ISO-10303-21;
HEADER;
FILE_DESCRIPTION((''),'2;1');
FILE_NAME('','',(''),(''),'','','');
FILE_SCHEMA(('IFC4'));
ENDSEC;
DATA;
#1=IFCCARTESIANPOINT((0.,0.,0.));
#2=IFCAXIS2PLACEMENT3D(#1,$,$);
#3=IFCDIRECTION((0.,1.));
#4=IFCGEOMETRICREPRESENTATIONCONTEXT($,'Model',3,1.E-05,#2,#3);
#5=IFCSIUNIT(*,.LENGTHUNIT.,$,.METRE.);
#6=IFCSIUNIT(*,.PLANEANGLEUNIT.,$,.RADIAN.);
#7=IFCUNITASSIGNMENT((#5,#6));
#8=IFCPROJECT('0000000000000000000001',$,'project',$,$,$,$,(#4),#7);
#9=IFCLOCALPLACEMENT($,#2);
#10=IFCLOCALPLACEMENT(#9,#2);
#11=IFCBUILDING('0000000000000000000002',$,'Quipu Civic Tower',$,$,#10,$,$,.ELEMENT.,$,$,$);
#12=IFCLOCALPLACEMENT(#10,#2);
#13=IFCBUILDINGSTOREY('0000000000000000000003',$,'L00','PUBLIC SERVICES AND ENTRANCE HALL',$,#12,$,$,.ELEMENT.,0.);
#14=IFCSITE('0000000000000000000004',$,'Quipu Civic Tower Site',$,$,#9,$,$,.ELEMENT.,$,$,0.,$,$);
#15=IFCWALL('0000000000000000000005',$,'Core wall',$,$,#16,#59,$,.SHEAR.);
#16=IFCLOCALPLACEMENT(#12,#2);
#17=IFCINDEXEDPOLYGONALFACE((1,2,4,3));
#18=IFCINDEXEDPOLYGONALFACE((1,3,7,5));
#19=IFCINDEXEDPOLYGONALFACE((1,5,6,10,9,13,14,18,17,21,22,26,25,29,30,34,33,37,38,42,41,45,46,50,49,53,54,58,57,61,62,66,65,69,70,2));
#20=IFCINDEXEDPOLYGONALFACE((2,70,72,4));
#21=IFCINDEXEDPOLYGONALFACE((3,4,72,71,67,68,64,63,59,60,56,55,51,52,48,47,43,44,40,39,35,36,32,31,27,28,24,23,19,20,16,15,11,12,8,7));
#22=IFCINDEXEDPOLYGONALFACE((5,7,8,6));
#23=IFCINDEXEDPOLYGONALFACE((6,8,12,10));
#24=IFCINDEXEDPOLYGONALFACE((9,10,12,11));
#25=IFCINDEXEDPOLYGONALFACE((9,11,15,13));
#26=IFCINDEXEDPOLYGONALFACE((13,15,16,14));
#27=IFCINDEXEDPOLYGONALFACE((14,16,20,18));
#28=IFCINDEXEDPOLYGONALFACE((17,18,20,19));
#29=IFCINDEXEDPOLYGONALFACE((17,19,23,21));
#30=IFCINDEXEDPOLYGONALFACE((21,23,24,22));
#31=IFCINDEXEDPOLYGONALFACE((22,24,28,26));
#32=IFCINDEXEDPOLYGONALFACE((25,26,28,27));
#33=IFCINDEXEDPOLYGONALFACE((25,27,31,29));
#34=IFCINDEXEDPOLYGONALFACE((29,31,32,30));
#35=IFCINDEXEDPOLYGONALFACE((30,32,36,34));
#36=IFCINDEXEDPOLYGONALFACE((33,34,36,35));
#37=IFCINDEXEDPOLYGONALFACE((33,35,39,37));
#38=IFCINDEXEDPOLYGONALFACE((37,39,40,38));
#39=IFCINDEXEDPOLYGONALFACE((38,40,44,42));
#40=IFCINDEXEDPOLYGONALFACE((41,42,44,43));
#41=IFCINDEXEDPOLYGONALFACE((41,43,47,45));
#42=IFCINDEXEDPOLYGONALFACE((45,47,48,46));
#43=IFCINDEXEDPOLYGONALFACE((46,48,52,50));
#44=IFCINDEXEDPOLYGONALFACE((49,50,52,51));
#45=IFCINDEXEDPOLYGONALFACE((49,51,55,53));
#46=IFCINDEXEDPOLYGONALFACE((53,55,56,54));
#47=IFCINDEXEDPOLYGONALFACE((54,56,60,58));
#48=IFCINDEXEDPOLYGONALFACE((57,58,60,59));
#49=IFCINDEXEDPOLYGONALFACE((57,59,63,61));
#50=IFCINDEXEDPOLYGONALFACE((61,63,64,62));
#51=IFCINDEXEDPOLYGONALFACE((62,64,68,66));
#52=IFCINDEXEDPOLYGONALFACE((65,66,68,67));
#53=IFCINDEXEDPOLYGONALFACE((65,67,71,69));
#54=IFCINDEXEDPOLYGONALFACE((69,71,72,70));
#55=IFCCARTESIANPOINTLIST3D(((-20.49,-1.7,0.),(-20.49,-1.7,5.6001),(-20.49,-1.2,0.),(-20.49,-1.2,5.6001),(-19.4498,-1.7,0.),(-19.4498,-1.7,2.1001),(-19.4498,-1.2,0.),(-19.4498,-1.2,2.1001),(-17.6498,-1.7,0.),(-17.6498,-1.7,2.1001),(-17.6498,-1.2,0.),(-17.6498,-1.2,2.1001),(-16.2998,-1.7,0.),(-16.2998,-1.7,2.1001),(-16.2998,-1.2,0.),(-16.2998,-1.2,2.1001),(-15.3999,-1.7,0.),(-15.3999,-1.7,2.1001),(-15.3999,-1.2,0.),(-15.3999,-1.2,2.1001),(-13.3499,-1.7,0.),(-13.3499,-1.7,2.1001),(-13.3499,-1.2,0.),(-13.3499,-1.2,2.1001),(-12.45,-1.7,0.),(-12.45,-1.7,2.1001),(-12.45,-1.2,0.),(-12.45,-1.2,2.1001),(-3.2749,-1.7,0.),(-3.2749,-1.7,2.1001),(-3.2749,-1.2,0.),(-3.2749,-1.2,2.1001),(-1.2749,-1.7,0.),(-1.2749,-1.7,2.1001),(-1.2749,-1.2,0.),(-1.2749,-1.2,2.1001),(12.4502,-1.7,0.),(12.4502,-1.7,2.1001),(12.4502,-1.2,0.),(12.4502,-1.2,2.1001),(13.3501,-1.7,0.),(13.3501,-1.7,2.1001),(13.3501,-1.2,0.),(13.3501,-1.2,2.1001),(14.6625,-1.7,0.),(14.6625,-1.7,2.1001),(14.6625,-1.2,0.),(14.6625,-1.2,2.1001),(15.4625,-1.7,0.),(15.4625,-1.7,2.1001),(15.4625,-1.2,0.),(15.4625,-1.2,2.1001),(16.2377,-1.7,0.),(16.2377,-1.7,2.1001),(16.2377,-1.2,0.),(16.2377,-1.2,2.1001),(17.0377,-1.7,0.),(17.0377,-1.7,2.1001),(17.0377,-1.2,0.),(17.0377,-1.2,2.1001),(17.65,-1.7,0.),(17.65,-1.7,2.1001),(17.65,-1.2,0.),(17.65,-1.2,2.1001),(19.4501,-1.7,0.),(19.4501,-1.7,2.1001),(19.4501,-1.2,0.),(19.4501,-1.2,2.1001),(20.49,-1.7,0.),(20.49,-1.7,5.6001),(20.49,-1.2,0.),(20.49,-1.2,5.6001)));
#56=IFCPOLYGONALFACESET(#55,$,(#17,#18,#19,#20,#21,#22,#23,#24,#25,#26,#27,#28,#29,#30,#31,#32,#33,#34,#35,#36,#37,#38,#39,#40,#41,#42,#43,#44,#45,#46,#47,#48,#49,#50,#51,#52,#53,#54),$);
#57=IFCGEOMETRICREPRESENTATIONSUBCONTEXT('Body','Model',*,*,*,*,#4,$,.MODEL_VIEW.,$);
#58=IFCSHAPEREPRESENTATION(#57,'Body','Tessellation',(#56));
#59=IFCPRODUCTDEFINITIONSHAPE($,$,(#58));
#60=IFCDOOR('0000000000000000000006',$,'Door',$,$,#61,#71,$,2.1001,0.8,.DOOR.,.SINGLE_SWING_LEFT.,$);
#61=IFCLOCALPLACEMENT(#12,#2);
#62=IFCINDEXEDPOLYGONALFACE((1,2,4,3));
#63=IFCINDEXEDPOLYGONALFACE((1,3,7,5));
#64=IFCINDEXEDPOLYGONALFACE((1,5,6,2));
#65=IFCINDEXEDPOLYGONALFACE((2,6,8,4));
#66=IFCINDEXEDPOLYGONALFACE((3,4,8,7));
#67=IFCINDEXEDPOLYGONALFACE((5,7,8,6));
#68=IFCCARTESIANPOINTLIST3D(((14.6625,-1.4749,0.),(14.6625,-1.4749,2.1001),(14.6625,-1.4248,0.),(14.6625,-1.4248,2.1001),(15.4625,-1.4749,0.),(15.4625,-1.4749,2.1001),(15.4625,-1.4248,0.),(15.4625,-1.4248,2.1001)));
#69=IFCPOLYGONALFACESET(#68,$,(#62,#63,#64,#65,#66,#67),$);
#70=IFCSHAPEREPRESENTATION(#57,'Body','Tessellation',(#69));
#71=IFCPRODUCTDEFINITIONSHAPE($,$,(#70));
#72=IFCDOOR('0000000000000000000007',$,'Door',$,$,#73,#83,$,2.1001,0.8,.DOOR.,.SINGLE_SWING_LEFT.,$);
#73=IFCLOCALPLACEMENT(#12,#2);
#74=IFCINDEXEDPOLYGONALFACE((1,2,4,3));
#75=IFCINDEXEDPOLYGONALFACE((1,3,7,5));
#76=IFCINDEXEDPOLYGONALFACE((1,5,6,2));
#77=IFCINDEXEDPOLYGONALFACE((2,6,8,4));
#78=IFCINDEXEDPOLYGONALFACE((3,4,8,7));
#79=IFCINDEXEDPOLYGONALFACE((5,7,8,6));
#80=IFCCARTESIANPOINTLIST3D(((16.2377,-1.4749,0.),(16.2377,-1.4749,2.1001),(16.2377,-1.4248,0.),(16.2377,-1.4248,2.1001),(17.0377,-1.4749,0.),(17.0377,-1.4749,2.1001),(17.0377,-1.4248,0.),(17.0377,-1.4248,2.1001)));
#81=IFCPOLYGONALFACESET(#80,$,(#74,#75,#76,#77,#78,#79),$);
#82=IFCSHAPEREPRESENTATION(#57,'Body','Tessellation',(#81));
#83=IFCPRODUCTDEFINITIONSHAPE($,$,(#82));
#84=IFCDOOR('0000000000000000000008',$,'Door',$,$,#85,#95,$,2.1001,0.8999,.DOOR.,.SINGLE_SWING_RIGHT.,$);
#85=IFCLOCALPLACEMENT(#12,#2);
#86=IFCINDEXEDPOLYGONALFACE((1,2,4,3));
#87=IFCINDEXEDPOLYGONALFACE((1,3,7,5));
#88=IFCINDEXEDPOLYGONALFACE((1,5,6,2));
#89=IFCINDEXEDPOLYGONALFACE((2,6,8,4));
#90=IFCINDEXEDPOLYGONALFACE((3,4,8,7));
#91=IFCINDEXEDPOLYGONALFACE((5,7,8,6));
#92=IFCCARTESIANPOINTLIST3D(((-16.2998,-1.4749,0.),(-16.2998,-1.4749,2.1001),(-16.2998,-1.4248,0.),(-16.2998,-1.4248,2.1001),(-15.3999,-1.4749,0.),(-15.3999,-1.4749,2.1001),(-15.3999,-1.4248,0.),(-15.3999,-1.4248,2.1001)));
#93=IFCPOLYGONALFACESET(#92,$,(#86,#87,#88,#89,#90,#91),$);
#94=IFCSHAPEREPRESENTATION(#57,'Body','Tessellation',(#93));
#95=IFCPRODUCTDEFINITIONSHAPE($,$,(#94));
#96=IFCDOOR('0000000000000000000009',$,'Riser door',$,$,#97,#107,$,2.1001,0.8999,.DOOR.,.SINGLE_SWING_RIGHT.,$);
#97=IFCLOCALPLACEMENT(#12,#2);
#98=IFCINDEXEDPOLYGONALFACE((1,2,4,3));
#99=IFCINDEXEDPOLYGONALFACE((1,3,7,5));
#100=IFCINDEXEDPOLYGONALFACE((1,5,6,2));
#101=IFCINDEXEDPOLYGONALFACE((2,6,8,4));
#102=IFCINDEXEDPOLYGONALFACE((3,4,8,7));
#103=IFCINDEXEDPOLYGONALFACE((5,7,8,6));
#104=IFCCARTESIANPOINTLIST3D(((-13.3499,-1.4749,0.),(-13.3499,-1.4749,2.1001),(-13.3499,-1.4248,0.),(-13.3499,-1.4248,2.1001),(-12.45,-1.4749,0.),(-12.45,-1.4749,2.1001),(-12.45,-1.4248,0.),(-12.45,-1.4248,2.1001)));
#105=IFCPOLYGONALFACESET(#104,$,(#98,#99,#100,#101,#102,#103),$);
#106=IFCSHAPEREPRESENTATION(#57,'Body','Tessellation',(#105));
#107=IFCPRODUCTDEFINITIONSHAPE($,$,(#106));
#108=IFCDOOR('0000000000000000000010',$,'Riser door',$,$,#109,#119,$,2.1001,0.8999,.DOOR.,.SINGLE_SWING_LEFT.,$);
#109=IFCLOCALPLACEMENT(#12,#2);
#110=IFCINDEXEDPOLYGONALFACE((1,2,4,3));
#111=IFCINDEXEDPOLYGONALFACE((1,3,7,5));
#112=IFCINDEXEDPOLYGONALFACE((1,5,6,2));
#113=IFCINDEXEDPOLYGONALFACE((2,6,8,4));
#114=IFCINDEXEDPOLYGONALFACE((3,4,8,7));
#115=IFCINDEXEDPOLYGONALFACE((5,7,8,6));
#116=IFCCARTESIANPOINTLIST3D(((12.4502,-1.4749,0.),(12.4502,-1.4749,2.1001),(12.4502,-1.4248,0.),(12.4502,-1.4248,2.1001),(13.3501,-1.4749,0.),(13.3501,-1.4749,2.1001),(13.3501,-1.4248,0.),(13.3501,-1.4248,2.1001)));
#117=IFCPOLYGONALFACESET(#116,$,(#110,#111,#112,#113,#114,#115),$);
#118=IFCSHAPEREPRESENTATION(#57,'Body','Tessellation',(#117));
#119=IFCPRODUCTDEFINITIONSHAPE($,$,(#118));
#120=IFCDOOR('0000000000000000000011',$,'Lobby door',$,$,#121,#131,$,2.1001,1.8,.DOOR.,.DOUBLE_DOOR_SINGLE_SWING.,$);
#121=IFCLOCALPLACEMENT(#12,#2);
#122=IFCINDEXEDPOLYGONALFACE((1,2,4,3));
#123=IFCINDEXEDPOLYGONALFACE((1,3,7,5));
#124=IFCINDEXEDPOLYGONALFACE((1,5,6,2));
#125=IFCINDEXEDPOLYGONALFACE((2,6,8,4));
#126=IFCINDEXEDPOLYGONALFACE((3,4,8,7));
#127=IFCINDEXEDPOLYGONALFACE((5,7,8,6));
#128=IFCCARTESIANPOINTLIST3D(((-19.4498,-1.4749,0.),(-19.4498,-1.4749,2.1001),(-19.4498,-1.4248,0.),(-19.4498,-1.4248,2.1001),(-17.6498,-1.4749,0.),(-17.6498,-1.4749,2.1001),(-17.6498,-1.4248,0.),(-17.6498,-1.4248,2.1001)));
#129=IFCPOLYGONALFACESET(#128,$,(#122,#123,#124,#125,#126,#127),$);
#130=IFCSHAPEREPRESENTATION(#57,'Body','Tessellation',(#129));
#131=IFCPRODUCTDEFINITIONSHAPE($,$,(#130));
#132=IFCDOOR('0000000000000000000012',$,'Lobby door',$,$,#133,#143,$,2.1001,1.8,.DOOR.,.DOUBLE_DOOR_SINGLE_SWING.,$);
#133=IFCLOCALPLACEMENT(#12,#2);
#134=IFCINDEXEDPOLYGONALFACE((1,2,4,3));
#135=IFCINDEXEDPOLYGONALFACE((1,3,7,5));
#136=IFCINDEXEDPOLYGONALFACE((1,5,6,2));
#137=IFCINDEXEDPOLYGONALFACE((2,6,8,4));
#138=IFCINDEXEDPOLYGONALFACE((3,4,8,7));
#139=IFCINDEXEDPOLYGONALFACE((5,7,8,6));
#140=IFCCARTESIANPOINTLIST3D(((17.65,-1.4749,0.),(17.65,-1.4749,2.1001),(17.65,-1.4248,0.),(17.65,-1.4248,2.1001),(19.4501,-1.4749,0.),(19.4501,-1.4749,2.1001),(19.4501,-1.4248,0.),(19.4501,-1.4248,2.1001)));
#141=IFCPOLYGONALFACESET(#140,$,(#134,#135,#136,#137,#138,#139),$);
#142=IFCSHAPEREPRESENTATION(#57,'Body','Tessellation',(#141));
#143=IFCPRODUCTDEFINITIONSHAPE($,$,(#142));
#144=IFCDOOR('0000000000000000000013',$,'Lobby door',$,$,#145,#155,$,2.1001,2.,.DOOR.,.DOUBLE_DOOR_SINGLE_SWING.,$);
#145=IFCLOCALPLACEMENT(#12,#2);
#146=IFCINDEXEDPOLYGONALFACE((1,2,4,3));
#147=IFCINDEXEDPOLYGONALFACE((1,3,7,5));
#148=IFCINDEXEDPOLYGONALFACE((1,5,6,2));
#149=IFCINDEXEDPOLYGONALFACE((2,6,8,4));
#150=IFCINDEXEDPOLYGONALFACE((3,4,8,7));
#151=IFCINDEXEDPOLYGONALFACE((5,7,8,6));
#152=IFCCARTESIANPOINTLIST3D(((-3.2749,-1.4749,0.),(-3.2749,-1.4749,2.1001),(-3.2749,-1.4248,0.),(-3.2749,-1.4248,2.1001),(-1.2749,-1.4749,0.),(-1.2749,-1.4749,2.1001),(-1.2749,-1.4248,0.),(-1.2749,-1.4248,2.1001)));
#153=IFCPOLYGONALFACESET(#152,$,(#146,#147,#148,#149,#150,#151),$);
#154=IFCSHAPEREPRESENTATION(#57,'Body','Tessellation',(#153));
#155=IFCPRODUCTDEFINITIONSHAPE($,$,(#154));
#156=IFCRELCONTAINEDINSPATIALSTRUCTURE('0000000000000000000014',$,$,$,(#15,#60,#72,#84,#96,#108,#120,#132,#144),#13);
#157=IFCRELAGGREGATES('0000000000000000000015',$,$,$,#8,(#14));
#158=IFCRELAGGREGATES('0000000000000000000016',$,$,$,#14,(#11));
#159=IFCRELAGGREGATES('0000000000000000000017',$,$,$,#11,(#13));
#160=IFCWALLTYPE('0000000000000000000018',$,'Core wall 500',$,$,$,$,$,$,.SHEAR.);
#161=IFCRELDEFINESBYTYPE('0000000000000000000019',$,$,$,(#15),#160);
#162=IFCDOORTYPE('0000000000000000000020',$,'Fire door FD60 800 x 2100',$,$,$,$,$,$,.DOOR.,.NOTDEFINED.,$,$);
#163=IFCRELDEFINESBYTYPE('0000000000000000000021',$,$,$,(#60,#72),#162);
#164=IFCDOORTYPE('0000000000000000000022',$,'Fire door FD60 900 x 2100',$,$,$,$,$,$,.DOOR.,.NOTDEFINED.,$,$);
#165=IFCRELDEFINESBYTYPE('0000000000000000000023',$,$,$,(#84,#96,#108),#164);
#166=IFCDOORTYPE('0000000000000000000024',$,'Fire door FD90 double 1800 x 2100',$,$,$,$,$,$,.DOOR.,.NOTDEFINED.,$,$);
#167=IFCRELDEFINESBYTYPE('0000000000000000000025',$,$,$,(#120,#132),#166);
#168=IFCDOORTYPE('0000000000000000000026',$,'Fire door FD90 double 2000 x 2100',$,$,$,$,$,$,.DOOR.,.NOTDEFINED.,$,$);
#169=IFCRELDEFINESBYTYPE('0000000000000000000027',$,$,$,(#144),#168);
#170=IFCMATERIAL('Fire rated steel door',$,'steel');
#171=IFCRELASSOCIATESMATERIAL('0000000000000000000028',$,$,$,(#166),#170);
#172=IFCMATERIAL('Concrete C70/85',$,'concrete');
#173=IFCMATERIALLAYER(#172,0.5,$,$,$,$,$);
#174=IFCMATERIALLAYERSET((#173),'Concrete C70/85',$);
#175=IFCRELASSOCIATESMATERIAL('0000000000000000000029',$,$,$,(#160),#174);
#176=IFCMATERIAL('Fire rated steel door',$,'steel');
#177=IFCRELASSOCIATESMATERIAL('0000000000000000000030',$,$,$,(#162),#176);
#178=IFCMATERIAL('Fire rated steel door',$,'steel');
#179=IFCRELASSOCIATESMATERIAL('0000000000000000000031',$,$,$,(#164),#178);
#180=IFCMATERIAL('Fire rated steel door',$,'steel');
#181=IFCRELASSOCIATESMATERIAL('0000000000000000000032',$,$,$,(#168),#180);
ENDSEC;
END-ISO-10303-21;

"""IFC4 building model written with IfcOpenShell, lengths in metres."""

from ifc_helpers import new_model, si_unit, direction, frame, frame_2d, origin, place, context, subcontext, project, spatial, rectangle, extrude, material, layer, layer_set, type_object, element, fill, save


model = new_model("IFC4")

# Units and contexts
model_context = context("Model", 3, precision=1e-05, world=origin(), true_north=direction((0.0, 1.0)))
body_context = subcontext(model_context, "Body", "Model", "MODEL_VIEW")
ifc_project = project(units=[si_unit("LENGTHUNIT", "METRE"), si_unit("PLANEANGLEUNIT", "RADIAN")], contexts=[model_context])

# Site, building, storey
site_placement = place(None, origin())
site = spatial("IfcSite", under=ifc_project, at=site_placement, Name="Quipu Civic Tower Site", CompositionType="ELEMENT", RefElevation=0.0)
building_placement = place(site_placement, origin())
building = spatial("IfcBuilding", under=site, at=building_placement, Name="Quipu Civic Tower", CompositionType="ELEMENT")
storey_placement = place(building_placement, origin())
storey = spatial("IfcBuildingStorey", under=building, at=storey_placement, Name="L00", Description="PUBLIC SERVICES AND ENTRANCE HALL", CompositionType="ELEMENT", Elevation=0.0)

# Shared definitions
ifc_material_1 = material(Name="Fire rated steel door", Category="steel")
door_type_1 = type_object("IfcDoorType", Name="Fire door FD90 double 1800 x 2100", OperationType="NOTDEFINED", PredefinedType="DOOR", material=ifc_material_1)

# Wall, openings, doors
ifc_material_2 = material(Name="Concrete C70/85", Category="concrete")
ifc_layer_1 = layer(ifc_material_2, 0.5)
ifc_layer_set_1 = layer_set([ifc_layer_1], Name="Concrete C70/85")
wall_type_1 = type_object("IfcWallType", Name="Core wall 500", PredefinedType="SHEAR", material=ifc_layer_set_1)
wall_1_placement = place(storey_placement, frame((20.49, -1.45, 0.0), z_axis=(0.0, 0.0, 1.0), x_axis=(-1.0, 0.0, 0.0)))
wall_1 = element("IfcWall", 1, at=wall_1_placement, inside=storey, type_object=wall_type_1, Name="Core wall", PredefinedType="SHEAR", context=body_context, shape_type="SweptSolid", body=[
    extrude(rectangle(XDim=40.98, YDim=0.5, at=frame_2d((20.49, 0.0))), origin(), (0.0, 0.0, 1.0), 5.6001),
])
opening_1_placement = place(wall_1_placement, frame((38.1399, 0.0, 0.0)))
opening_1 = element("IfcOpeningElement", 2, at=opening_1_placement, cuts=wall_1, PredefinedType="OPENING", context=body_context, shape_type="SweptSolid", body=[
    extrude(rectangle(XDim=1.8, YDim=2.1001, at=frame_2d((0.8999, 1.05))), frame((0.0, 0.26, 0.0), z_axis=(0.0, -1.0, 0.0), x_axis=(1.0, 0.0, 0.0)), (0.0, 0.0, 1.0), 0.52),
])
opening_2_placement = place(wall_1_placement, frame((35.8899, 0.0, 0.0)))
opening_2 = element("IfcOpeningElement", 3, at=opening_2_placement, cuts=wall_1, PredefinedType="OPENING", context=body_context, shape_type="SweptSolid", body=[
    extrude(rectangle(XDim=0.8999, YDim=2.1001, at=frame_2d((0.45, 1.05))), frame((0.0, 0.26, 0.0), z_axis=(0.0, -1.0, 0.0), x_axis=(1.0, 0.0, 0.0)), (0.0, 0.0, 1.0), 0.52),
])
opening_3_placement = place(wall_1_placement, frame((32.9399, 0.0, 0.0)))
opening_3 = element("IfcOpeningElement", 4, at=opening_3_placement, cuts=wall_1, PredefinedType="OPENING", context=body_context, shape_type="SweptSolid", body=[
    extrude(rectangle(XDim=0.8999, YDim=2.1001, at=frame_2d((0.45, 1.05))), frame((0.0, 0.26, 0.0), z_axis=(0.0, -1.0, 0.0), x_axis=(1.0, 0.0, 0.0)), (0.0, 0.0, 1.0), 0.52),
])
opening_4_placement = place(wall_1_placement, frame((21.7649, 0.0, 0.0)))
opening_4 = element("IfcOpeningElement", 5, at=opening_4_placement, cuts=wall_1, PredefinedType="OPENING", context=body_context, shape_type="SweptSolid", body=[
    extrude(rectangle(XDim=2.0, YDim=2.1001, at=frame_2d((1.0, 1.05))), frame((0.0, 0.26, 0.0), z_axis=(0.0, -1.0, 0.0), x_axis=(1.0, 0.0, 0.0)), (0.0, 0.0, 1.0), 0.52),
])
opening_5_placement = place(wall_1_placement, frame((7.1399, 0.0, 0.0)))
opening_5 = element("IfcOpeningElement", 6, at=opening_5_placement, cuts=wall_1, PredefinedType="OPENING", context=body_context, shape_type="SweptSolid", body=[
    extrude(rectangle(XDim=0.8999, YDim=2.1001, at=frame_2d((0.45, 1.05))), frame((0.0, 0.26, 0.0), z_axis=(0.0, -1.0, 0.0), x_axis=(1.0, 0.0, 0.0)), (0.0, 0.0, 1.0), 0.52),
])
opening_6_placement = place(wall_1_placement, frame((5.0276, 0.0, 0.0)))
opening_6 = element("IfcOpeningElement", 7, at=opening_6_placement, cuts=wall_1, PredefinedType="OPENING", context=body_context, shape_type="SweptSolid", body=[
    extrude(rectangle(XDim=0.8, YDim=2.1001, at=frame_2d((0.3999, 1.05))), frame((0.0, 0.26, 0.0), z_axis=(0.0, -1.0, 0.0), x_axis=(1.0, 0.0, 0.0)), (0.0, 0.0, 1.0), 0.52),
])
opening_7_placement = place(wall_1_placement, frame((3.4524, 0.0, 0.0)))
opening_7 = element("IfcOpeningElement", 8, at=opening_7_placement, cuts=wall_1, PredefinedType="OPENING", context=body_context, shape_type="SweptSolid", body=[
    extrude(rectangle(XDim=0.8, YDim=2.1001, at=frame_2d((0.3999, 1.05))), frame((0.0, 0.26, 0.0), z_axis=(0.0, -1.0, 0.0), x_axis=(1.0, 0.0, 0.0)), (0.0, 0.0, 1.0), 0.52),
])
opening_8_placement = place(wall_1_placement, frame((1.04, 0.0, 0.0)))
opening_8 = element("IfcOpeningElement", 9, at=opening_8_placement, cuts=wall_1, PredefinedType="OPENING", context=body_context, shape_type="SweptSolid", body=[
    extrude(rectangle(XDim=1.8, YDim=2.1001, at=frame_2d((0.8999, 1.05))), frame((0.0, 0.26, 0.0), z_axis=(0.0, -1.0, 0.0), x_axis=(1.0, 0.0, 0.0)), (0.0, 0.0, 1.0), 0.52),
])
ifc_material_3 = material(Name="Fire rated steel door", Category="steel")
door_type_2 = type_object("IfcDoorType", Name="Fire door FD60 800 x 2100", OperationType="NOTDEFINED", PredefinedType="DOOR", material=ifc_material_3)
door_1_placement = place(opening_6_placement, origin())
door_1 = element("IfcDoor", 10, at=door_1_placement, inside=storey, type_object=door_type_2, Name="Door", OperationType="SINGLE_SWING_LEFT", OverallHeight=2.1001, OverallWidth=0.8, PredefinedType="DOOR", context=body_context, shape_type="SweptSolid", body=[
    extrude(rectangle(XDim=0.8, YDim=2.1001, at=frame_2d((0.3999, 1.05))), frame((0.0, 0.0249, 0.0), z_axis=(0.0, -1.0, 0.0), x_axis=(1.0, 0.0, 0.0)), (0.0, 0.0, 1.0), 0.05),
])
fill(opening_6, door_1)
door_2_placement = place(opening_7_placement, origin())
door_2 = element("IfcDoor", 11, at=door_2_placement, inside=storey, type_object=door_type_2, Name="Door", OperationType="SINGLE_SWING_LEFT", OverallHeight=2.1001, OverallWidth=0.8, PredefinedType="DOOR", context=body_context, shape_type="SweptSolid", body=[
    extrude(rectangle(XDim=0.8, YDim=2.1001, at=frame_2d((0.3999, 1.05))), frame((0.0, 0.0249, 0.0), z_axis=(0.0, -1.0, 0.0), x_axis=(1.0, 0.0, 0.0)), (0.0, 0.0, 1.0), 0.05),
])
fill(opening_7, door_2)
ifc_material_4 = material(Name="Fire rated steel door", Category="steel")
door_type_3 = type_object("IfcDoorType", Name="Fire door FD60 900 x 2100", OperationType="NOTDEFINED", PredefinedType="DOOR", material=ifc_material_4)
door_3_placement = place(opening_2_placement, origin())
door_3 = element("IfcDoor", 12, at=door_3_placement, inside=storey, type_object=door_type_3, Name="Door", OperationType="SINGLE_SWING_RIGHT", OverallHeight=2.1001, OverallWidth=0.8999, PredefinedType="DOOR", context=body_context, shape_type="SweptSolid", body=[
    extrude(rectangle(XDim=0.8999, YDim=2.1001, at=frame_2d((0.45, 1.05))), frame((0.0, 0.0249, 0.0), z_axis=(0.0, -1.0, 0.0), x_axis=(1.0, 0.0, 0.0)), (0.0, 0.0, 1.0), 0.05),
])
fill(opening_2, door_3)
door_4_placement = place(opening_3_placement, origin())
door_4 = element("IfcDoor", 13, at=door_4_placement, inside=storey, type_object=door_type_3, Name="Riser door", OperationType="SINGLE_SWING_RIGHT", OverallHeight=2.1001, OverallWidth=0.8999, PredefinedType="DOOR", context=body_context, shape_type="SweptSolid", body=[
    extrude(rectangle(XDim=0.8999, YDim=2.1001, at=frame_2d((0.45, 1.05))), frame((0.0, 0.0249, 0.0), z_axis=(0.0, -1.0, 0.0), x_axis=(1.0, 0.0, 0.0)), (0.0, 0.0, 1.0), 0.05),
])
fill(opening_3, door_4)
door_5_placement = place(opening_5_placement, origin())
door_5 = element("IfcDoor", 14, at=door_5_placement, inside=storey, type_object=door_type_3, Name="Riser door", OperationType="SINGLE_SWING_LEFT", OverallHeight=2.1001, OverallWidth=0.8999, PredefinedType="DOOR", context=body_context, shape_type="SweptSolid", body=[
    extrude(rectangle(XDim=0.8999, YDim=2.1001, at=frame_2d((0.45, 1.05))), frame((0.0, 0.0249, 0.0), z_axis=(0.0, -1.0, 0.0), x_axis=(1.0, 0.0, 0.0)), (0.0, 0.0, 1.0), 0.05),
])
fill(opening_5, door_5)
door_6_placement = place(opening_1_placement, origin())
door_6 = element("IfcDoor", 15, at=door_6_placement, inside=storey, type_object=door_type_1, Name="Lobby door", OperationType="DOUBLE_DOOR_SINGLE_SWING", OverallHeight=2.1001, OverallWidth=1.8, PredefinedType="DOOR", context=body_context, shape_type="SweptSolid", body=[
    extrude(rectangle(XDim=1.8, YDim=2.1001, at=frame_2d((0.8999, 1.05))), frame((0.0, 0.0249, 0.0), z_axis=(0.0, -1.0, 0.0), x_axis=(1.0, 0.0, 0.0)), (0.0, 0.0, 1.0), 0.05),
])
fill(opening_1, door_6)
door_7_placement = place(opening_8_placement, origin())
door_7 = element("IfcDoor", 16, at=door_7_placement, inside=storey, type_object=door_type_1, Name="Lobby door", OperationType="DOUBLE_DOOR_SINGLE_SWING", OverallHeight=2.1001, OverallWidth=1.8, PredefinedType="DOOR", context=body_context, shape_type="SweptSolid", body=[
    extrude(rectangle(XDim=1.8, YDim=2.1001, at=frame_2d((0.8999, 1.05))), frame((0.0, 0.0249, 0.0), z_axis=(0.0, -1.0, 0.0), x_axis=(1.0, 0.0, 0.0)), (0.0, 0.0, 1.0), 0.05),
])
fill(opening_8, door_7)
ifc_material_5 = material(Name="Fire rated steel door", Category="steel")
door_type_4 = type_object("IfcDoorType", Name="Fire door FD90 double 2000 x 2100", OperationType="NOTDEFINED", PredefinedType="DOOR", material=ifc_material_5)
door_8_placement = place(opening_4_placement, origin())
door_8 = element("IfcDoor", 17, at=door_8_placement, inside=storey, type_object=door_type_4, Name="Lobby door", OperationType="DOUBLE_DOOR_SINGLE_SWING", OverallHeight=2.1001, OverallWidth=2.0, PredefinedType="DOOR", context=body_context, shape_type="SweptSolid", body=[
    extrude(rectangle(XDim=2.0, YDim=2.1001, at=frame_2d((1.0, 1.05))), frame((0.0, 0.0249, 0.0), z_axis=(0.0, -1.0, 0.0), x_axis=(1.0, 0.0, 0.0)), (0.0, 0.0, 1.0), 0.05),
])
fill(opening_4, door_8)

save(model, "model.ifc")
